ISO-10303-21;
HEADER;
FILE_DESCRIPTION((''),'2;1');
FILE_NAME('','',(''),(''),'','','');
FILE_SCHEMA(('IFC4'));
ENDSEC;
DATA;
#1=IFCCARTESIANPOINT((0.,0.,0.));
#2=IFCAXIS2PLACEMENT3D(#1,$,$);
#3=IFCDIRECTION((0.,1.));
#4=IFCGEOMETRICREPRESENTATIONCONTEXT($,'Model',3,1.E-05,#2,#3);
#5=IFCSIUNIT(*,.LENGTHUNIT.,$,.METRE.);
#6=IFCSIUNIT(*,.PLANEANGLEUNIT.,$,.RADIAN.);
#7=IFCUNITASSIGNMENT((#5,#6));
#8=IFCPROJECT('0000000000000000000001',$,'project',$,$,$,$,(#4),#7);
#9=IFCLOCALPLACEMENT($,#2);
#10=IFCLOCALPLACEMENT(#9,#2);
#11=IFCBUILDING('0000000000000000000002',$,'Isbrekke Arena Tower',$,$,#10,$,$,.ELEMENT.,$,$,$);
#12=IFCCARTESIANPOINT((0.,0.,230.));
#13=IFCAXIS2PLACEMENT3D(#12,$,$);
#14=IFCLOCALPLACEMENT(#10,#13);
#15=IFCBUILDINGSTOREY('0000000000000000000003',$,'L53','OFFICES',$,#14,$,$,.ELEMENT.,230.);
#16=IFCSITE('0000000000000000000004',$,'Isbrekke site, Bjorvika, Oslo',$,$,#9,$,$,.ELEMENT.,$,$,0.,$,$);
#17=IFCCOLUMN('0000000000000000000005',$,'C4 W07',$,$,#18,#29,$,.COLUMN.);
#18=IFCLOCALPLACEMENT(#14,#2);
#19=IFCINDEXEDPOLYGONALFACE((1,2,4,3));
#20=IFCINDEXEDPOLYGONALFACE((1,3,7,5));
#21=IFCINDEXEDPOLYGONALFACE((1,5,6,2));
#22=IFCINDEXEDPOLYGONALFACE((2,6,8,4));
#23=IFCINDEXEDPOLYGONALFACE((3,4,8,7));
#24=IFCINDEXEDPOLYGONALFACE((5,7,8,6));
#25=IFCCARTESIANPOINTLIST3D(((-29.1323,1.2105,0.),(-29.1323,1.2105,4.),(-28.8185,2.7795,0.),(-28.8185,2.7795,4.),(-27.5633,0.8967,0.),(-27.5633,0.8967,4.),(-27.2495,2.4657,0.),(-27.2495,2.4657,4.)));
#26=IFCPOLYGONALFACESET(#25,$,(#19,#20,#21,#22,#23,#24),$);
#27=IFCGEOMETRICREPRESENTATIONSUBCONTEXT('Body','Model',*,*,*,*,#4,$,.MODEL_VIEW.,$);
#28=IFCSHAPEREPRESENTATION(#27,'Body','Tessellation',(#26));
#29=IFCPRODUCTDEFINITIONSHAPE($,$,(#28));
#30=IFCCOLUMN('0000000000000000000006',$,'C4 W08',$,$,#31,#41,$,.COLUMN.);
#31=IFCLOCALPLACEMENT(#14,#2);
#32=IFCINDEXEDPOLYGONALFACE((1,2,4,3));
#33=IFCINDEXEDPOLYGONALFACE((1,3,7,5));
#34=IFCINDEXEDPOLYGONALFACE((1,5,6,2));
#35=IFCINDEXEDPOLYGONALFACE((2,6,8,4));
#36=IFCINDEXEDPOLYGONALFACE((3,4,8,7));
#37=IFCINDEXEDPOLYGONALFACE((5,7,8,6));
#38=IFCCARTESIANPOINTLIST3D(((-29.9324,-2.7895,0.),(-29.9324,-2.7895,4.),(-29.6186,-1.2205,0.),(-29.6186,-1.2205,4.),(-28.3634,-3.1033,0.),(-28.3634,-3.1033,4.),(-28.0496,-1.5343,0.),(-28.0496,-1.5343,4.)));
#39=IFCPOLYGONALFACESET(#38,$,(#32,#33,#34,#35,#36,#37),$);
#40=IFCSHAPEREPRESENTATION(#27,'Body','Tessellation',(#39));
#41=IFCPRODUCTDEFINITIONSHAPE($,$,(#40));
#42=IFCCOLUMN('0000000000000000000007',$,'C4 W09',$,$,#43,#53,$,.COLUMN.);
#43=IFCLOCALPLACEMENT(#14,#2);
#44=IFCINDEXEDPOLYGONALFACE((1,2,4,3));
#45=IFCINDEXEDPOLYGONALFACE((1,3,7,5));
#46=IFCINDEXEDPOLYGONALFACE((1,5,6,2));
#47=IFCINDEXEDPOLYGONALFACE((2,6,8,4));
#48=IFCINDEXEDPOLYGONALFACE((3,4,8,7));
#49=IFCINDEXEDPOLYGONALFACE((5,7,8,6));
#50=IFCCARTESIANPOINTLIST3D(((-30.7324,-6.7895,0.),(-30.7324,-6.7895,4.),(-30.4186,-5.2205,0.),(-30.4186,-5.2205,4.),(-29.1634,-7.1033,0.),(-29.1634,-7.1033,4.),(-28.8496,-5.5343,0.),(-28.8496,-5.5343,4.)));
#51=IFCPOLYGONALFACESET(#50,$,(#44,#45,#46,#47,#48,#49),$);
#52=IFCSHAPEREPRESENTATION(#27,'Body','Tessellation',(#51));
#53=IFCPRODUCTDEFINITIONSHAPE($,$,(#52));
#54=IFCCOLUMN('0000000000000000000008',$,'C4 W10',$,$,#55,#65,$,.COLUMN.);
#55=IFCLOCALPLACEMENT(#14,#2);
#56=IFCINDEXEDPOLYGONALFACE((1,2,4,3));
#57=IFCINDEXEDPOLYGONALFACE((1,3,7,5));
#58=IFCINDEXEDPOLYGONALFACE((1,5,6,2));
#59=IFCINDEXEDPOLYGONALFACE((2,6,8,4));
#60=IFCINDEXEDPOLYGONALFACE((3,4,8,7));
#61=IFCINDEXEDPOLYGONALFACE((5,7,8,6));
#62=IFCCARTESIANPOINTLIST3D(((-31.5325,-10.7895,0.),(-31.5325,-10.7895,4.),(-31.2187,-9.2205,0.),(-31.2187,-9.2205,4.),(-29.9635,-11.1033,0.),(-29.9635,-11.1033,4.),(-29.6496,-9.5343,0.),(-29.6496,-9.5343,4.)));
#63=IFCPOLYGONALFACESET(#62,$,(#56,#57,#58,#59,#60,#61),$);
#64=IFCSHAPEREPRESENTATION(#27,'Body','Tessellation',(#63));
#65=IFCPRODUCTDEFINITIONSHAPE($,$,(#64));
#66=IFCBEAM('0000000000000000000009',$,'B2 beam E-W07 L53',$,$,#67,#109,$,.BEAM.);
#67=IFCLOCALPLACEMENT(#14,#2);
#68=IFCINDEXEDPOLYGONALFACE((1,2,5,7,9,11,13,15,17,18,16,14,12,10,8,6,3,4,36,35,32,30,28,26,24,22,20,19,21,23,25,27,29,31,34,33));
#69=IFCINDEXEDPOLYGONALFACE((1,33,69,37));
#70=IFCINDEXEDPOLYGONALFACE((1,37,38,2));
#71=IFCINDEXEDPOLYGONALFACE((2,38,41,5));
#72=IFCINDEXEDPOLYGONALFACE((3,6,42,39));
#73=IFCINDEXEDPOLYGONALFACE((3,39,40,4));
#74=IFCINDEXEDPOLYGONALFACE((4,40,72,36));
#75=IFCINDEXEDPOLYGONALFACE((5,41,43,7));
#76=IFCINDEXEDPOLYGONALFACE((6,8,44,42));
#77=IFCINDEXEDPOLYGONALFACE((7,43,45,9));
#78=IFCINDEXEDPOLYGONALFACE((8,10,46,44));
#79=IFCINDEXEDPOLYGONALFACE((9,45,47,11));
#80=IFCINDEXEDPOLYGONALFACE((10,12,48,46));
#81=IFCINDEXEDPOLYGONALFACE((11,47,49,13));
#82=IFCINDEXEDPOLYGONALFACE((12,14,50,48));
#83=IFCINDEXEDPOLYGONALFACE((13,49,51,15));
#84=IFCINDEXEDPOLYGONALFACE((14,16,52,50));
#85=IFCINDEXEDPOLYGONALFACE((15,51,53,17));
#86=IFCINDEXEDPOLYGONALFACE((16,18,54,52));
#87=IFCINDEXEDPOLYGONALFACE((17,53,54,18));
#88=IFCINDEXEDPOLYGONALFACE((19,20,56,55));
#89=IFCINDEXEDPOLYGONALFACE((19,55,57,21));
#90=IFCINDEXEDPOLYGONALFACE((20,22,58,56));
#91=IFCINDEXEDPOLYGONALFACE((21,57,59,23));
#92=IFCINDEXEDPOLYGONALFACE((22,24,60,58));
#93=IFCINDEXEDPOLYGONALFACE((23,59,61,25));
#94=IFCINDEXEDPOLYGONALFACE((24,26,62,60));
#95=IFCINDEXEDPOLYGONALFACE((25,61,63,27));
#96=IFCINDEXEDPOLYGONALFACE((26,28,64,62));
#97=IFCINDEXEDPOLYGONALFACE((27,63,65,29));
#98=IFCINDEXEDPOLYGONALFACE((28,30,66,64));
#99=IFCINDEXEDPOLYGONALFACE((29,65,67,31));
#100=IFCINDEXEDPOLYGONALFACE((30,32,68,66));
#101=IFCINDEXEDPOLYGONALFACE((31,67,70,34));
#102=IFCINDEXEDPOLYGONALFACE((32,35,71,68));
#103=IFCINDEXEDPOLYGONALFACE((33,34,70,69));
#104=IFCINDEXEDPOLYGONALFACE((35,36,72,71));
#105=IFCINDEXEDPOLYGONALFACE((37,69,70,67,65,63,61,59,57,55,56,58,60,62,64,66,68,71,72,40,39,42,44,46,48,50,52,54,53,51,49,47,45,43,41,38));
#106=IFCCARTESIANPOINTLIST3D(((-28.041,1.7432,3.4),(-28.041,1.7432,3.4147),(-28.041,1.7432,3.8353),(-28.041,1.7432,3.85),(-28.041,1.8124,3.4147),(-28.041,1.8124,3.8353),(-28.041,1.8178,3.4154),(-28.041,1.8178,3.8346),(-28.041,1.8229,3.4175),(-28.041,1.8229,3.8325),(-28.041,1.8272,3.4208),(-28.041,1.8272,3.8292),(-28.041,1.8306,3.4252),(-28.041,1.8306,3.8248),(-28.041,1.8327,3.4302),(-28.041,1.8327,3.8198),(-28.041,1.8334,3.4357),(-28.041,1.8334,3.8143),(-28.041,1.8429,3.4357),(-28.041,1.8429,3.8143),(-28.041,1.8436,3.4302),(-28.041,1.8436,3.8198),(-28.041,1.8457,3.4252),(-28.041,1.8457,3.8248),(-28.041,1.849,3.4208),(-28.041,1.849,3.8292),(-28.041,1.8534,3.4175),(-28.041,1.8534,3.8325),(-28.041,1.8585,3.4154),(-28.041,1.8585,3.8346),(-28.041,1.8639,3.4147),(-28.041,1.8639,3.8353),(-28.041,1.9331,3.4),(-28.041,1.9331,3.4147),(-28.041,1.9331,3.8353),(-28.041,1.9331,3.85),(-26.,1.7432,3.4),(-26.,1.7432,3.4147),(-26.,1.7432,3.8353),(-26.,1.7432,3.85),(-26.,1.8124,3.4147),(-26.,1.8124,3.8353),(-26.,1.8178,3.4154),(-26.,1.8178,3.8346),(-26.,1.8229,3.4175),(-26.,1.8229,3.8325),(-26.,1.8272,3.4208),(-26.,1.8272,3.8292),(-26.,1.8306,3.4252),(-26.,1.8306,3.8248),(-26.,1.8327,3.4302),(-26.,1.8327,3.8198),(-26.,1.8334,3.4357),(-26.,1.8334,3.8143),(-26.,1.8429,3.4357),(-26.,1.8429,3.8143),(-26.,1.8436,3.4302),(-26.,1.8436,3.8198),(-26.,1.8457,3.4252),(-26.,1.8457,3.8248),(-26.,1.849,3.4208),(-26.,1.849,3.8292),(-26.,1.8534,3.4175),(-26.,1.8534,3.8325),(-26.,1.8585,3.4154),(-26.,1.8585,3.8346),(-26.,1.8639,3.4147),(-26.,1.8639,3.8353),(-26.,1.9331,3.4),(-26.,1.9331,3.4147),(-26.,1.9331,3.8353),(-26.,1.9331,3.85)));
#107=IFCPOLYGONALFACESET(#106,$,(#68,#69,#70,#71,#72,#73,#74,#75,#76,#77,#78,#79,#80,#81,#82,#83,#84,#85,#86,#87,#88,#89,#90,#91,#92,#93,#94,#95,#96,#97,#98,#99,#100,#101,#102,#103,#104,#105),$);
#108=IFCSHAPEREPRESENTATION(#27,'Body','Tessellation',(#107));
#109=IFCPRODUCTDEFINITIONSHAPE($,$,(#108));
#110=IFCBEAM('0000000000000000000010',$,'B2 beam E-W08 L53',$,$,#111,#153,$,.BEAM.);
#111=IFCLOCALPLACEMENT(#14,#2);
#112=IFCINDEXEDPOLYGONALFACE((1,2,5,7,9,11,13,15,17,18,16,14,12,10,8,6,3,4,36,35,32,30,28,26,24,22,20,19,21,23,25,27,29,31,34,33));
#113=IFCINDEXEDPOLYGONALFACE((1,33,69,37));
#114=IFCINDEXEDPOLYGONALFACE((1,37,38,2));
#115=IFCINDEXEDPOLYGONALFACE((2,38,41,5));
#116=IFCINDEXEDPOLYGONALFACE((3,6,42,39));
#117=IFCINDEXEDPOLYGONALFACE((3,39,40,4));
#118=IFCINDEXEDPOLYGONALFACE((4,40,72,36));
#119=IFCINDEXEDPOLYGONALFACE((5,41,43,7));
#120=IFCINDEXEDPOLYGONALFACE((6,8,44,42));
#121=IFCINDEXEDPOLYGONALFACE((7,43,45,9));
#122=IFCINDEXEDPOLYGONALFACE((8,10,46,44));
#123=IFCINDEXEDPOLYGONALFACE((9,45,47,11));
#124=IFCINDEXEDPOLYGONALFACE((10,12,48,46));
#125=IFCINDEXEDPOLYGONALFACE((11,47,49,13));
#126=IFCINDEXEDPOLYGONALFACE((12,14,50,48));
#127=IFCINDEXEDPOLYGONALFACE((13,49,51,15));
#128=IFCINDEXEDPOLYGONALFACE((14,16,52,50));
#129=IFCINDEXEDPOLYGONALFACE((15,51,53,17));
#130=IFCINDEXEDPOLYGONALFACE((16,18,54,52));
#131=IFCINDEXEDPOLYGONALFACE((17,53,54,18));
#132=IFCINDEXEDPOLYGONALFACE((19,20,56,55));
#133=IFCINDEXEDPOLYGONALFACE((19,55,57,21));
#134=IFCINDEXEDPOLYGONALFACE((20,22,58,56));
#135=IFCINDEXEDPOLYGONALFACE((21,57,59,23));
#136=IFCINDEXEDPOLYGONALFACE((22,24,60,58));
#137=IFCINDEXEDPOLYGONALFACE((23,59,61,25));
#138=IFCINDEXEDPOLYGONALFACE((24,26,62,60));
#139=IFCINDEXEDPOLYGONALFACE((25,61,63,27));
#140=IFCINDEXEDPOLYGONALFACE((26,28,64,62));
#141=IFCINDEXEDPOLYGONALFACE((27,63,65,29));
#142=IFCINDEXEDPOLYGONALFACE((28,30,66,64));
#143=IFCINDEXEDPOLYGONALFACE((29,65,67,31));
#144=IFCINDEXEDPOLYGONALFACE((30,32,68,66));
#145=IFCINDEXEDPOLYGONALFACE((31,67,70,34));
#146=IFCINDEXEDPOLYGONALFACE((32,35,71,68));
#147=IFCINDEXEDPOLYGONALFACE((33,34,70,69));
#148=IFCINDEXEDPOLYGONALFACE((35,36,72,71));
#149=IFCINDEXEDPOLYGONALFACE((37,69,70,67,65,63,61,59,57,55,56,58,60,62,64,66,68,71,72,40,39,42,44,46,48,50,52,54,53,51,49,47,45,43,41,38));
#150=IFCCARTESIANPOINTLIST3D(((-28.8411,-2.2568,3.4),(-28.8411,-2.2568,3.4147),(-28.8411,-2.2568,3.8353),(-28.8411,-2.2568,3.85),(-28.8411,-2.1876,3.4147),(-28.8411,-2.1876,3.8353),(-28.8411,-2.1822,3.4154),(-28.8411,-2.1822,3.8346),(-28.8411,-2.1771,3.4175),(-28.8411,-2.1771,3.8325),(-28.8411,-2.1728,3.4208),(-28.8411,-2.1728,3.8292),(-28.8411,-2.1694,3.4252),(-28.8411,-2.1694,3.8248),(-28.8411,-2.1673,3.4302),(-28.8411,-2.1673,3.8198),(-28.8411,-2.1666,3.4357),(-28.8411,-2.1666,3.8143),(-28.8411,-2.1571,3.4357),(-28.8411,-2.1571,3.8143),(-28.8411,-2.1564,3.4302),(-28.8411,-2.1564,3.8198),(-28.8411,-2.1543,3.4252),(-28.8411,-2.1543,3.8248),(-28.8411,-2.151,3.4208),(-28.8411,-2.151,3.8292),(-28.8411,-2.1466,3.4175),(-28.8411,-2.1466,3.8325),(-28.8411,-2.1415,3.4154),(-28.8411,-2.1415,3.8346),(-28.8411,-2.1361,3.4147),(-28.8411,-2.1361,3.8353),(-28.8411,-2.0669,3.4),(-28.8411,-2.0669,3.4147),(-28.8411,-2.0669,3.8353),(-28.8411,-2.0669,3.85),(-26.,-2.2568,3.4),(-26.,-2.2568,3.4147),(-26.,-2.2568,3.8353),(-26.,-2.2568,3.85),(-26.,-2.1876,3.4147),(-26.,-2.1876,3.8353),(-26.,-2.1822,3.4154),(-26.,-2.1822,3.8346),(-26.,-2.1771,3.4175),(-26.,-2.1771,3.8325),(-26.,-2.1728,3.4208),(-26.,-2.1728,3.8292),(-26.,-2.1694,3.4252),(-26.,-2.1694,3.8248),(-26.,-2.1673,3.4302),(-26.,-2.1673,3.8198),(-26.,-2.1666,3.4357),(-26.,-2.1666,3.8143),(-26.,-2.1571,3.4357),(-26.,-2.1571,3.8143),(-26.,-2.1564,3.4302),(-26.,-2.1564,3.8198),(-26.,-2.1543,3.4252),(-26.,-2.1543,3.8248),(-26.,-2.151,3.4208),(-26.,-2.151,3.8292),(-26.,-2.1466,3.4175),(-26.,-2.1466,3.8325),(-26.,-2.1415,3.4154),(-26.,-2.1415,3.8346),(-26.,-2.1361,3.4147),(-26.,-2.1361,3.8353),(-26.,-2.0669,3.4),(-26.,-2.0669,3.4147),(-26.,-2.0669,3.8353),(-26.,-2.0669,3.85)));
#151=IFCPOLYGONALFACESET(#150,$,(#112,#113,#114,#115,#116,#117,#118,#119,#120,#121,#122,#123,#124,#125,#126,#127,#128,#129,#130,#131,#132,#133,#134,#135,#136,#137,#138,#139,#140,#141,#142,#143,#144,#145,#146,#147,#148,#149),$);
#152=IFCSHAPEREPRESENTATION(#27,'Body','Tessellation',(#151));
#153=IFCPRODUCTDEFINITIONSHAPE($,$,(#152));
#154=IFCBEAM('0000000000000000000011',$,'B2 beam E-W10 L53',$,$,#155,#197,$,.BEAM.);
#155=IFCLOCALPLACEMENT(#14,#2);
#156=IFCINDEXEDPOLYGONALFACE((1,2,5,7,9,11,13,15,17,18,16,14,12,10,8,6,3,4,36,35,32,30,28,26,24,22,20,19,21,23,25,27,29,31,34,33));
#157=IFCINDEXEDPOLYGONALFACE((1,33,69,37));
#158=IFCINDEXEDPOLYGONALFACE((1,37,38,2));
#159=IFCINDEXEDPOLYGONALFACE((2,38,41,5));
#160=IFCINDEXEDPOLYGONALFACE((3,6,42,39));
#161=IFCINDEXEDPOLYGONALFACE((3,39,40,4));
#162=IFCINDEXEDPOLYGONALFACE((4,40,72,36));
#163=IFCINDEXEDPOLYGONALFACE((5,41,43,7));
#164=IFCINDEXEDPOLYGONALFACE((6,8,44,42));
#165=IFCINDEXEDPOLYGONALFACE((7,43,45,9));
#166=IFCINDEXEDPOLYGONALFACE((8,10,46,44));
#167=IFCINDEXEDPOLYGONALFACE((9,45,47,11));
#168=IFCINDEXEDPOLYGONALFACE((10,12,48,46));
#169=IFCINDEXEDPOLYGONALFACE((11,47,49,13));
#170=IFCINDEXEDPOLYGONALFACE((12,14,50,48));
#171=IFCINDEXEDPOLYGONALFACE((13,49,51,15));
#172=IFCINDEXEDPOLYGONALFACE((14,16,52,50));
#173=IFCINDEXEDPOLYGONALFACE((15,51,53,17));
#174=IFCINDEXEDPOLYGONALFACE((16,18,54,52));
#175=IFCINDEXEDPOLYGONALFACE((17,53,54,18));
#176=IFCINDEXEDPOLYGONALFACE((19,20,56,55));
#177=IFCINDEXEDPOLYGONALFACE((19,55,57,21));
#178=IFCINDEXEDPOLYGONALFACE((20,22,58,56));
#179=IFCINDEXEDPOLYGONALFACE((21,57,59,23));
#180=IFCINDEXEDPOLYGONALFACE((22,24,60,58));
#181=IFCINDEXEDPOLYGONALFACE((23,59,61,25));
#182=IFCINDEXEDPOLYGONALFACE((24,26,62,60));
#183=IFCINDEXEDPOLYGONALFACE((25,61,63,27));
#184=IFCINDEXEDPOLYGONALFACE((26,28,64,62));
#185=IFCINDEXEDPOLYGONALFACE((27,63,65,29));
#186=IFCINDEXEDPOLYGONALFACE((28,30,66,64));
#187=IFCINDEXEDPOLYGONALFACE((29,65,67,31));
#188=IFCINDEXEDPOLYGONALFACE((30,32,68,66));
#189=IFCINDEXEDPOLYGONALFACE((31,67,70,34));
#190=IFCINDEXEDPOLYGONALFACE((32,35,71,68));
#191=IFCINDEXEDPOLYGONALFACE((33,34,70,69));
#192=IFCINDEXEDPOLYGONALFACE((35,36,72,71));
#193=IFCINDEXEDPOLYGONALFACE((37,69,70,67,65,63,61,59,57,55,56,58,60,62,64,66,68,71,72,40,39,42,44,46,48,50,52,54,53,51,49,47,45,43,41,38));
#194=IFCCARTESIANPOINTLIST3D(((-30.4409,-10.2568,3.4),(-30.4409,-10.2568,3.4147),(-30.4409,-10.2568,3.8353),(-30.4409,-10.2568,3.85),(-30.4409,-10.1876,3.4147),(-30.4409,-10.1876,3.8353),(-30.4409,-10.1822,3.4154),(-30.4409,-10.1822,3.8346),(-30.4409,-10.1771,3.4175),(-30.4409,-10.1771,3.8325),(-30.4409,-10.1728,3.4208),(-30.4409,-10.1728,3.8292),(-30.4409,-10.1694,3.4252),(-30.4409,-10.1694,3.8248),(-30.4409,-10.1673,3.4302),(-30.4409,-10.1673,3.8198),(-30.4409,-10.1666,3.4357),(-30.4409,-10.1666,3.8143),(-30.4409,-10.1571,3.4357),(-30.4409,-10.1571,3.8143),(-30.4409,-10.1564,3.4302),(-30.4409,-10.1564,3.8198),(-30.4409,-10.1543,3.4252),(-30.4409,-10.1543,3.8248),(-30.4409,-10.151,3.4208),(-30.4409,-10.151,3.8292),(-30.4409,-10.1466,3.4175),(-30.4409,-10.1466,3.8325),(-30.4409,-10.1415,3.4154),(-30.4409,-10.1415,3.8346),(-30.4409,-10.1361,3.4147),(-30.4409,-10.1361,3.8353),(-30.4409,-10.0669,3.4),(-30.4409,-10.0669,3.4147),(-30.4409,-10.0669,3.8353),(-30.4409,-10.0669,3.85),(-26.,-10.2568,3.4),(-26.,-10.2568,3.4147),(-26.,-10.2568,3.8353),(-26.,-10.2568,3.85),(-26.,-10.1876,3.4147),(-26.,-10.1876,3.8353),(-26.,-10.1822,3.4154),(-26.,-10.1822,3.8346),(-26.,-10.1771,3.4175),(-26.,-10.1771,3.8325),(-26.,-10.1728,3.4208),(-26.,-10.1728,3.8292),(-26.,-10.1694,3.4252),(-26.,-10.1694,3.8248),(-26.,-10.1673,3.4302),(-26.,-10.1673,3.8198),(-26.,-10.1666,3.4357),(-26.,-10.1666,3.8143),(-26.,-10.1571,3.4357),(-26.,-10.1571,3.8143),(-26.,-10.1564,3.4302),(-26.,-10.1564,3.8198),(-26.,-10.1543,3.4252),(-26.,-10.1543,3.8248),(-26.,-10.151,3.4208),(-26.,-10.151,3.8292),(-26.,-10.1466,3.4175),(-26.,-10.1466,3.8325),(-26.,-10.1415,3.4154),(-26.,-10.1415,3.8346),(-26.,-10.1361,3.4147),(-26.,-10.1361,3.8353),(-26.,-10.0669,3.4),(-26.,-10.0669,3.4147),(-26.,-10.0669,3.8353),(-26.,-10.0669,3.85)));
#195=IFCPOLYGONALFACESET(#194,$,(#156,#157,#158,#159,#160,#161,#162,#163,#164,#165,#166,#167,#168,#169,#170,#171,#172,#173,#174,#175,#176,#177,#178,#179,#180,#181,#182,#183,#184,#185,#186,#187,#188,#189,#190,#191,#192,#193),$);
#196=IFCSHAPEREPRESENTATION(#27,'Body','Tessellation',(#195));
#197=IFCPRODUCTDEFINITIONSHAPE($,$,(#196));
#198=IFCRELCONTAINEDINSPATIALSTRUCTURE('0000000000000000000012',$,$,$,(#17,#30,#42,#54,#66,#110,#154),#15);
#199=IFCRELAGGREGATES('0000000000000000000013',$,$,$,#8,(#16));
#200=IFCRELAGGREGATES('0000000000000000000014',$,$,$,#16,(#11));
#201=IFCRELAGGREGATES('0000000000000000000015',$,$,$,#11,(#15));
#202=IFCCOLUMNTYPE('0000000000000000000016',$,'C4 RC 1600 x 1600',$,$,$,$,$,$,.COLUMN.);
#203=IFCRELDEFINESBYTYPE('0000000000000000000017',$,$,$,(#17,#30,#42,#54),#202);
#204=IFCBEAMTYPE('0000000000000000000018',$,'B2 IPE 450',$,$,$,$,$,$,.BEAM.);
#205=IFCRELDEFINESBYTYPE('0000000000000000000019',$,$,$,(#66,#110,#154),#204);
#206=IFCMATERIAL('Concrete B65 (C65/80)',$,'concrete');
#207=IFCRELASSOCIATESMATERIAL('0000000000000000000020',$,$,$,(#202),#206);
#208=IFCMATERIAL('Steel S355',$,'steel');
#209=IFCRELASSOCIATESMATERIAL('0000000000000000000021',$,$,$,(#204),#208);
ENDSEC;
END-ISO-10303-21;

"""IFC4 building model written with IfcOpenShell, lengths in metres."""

from ifc_helpers import new_model, si_unit, direction, frame, origin, origin_2d, place, context, subcontext, project, spatial, rectangle, i_section, extrude, material, material_profile, profile_set, type_object, element, save


model = new_model("IFC4")

# Units and contexts
model_context = context("Model", 3, precision=1e-05, world=origin(), true_north=direction((0.0, 1.0)))
body_context = subcontext(model_context, "Body", "Model", "MODEL_VIEW")
ifc_project = project(units=[si_unit("LENGTHUNIT", "METRE"), si_unit("PLANEANGLEUNIT", "RADIAN")], contexts=[model_context])

# Site, building, storey
site_placement = place(None, origin())
site = spatial("IfcSite", under=ifc_project, at=site_placement, Name="Isbrekke site, Bjorvika, Oslo", CompositionType="ELEMENT", RefElevation=0.0)
building_placement = place(site_placement, origin())
building = spatial("IfcBuilding", under=site, at=building_placement, Name="Isbrekke Arena Tower", CompositionType="ELEMENT")
storey_placement = place(building_placement, frame((0.0, 0.0, 230.0)))
storey = spatial("IfcBuildingStorey", under=building, at=storey_placement, Name="L53", Description="OFFICES", CompositionType="ELEMENT", Elevation=230.0)

# Columns
ifc_material_1 = material(Name="Concrete B65 (C65/80)", Category="concrete")
ifc_material_profile_1 = material_profile(ifc_material_1, rectangle(XDim=1.6001, YDim=1.6001, at=origin_2d()), Name="RC 1600x1600")
ifc_profile_set_1 = profile_set([ifc_material_profile_1], Name="Concrete B65 (C65/80)")
column_type = type_object("IfcColumnType", Name="C4 RC 1600 x 1600", PredefinedType="COLUMN", material=ifc_profile_set_1)
for number, where, z_axis, x_axis, name in (
    (1, (-28.1909, 1.8381, 0.0), (0.0, 0.0, 1.0), (-0.196116, -0.980581, 0.0), "C4 W07"),
    (2, (-28.991, -2.1619, 0.0), (0.0, 0.0, 1.0), (-0.196116, -0.980581, 0.0), "C4 W08"),
    (3, (-29.791, -6.1619, 0.0), (0.0, 0.0, 1.0), (-0.196116, -0.980581, 0.0), "C4 W09"),
    (4, (-30.5911, -10.1619, 0.0), (0.0, 0.0, 1.0), (-0.196116, -0.980581, 0.0), "C4 W10"),
):
    element("IfcColumn", number, at=place(storey_placement, frame(where, z_axis=z_axis, x_axis=x_axis)), inside=storey, type_object=column_type, Name=name, PredefinedType="COLUMN", context=body_context, shape_type="SweptSolid", body=[
        extrude(rectangle(XDim=1.6001, YDim=1.6001, at=origin_2d()), origin(), (0.0, 0.0, 1.0), 4.0),
    ])

# Beams
ifc_material_2 = material(Name="Steel S355", Category="steel")
ifc_material_profile_2 = material_profile(ifc_material_2, i_section(OverallWidth=0.1899, OverallDepth=0.45, WebThickness=0.0095, FlangeThickness=0.0146, FilletRadius=0.021, at=origin_2d()), Name="IPE 450")
ifc_profile_set_2 = profile_set([ifc_material_profile_2], Name="Steel S355")
beam_type_1 = type_object("IfcBeamType", Name="B2 IPE 450", PredefinedType="BEAM", material=ifc_profile_set_2)
beam_1_placement = place(storey_placement, frame((-28.041, 1.8381, 3.625), z_axis=(1.0, 0.0, 0.0), x_axis=(0.0, 1.0, 0.0)))
element("IfcBeam", 5, at=beam_1_placement, inside=storey, type_object=beam_type_1, Name="B2 beam E-W07 L53", PredefinedType="BEAM", context=body_context, shape_type="SweptSolid", body=[
    extrude(i_section(OverallWidth=0.1899, OverallDepth=0.45, WebThickness=0.0095, FlangeThickness=0.0146, FilletRadius=0.021, at=origin_2d()), origin(), (0.0, 0.0, 1.0), 2.041),
])
beam_2_placement = place(storey_placement, frame((-28.8411, -2.1619, 3.625), z_axis=(1.0, 0.0, 0.0), x_axis=(0.0, 1.0, 0.0)))
element("IfcBeam", 6, at=beam_2_placement, inside=storey, type_object=beam_type_1, Name="B2 beam E-W08 L53", PredefinedType="BEAM", context=body_context, shape_type="SweptSolid", body=[
    extrude(i_section(OverallWidth=0.1899, OverallDepth=0.45, WebThickness=0.0095, FlangeThickness=0.0146, FilletRadius=0.021, at=origin_2d()), origin(), (0.0, 0.0, 1.0), 2.8411),
])
beam_3_placement = place(storey_placement, frame((-30.4409, -10.1619, 3.625), z_axis=(1.0, 0.0, 0.0), x_axis=(0.0, 1.0, 0.0)))
element("IfcBeam", 7, at=beam_3_placement, inside=storey, type_object=beam_type_1, Name="B2 beam E-W10 L53", PredefinedType="BEAM", context=body_context, shape_type="SweptSolid", body=[
    extrude(i_section(OverallWidth=0.1899, OverallDepth=0.45, WebThickness=0.0095, FlangeThickness=0.0146, FilletRadius=0.021, at=origin_2d()), origin(), (0.0, 0.0, 1.0), 4.4409),
])

save(model, "model.ifc")
